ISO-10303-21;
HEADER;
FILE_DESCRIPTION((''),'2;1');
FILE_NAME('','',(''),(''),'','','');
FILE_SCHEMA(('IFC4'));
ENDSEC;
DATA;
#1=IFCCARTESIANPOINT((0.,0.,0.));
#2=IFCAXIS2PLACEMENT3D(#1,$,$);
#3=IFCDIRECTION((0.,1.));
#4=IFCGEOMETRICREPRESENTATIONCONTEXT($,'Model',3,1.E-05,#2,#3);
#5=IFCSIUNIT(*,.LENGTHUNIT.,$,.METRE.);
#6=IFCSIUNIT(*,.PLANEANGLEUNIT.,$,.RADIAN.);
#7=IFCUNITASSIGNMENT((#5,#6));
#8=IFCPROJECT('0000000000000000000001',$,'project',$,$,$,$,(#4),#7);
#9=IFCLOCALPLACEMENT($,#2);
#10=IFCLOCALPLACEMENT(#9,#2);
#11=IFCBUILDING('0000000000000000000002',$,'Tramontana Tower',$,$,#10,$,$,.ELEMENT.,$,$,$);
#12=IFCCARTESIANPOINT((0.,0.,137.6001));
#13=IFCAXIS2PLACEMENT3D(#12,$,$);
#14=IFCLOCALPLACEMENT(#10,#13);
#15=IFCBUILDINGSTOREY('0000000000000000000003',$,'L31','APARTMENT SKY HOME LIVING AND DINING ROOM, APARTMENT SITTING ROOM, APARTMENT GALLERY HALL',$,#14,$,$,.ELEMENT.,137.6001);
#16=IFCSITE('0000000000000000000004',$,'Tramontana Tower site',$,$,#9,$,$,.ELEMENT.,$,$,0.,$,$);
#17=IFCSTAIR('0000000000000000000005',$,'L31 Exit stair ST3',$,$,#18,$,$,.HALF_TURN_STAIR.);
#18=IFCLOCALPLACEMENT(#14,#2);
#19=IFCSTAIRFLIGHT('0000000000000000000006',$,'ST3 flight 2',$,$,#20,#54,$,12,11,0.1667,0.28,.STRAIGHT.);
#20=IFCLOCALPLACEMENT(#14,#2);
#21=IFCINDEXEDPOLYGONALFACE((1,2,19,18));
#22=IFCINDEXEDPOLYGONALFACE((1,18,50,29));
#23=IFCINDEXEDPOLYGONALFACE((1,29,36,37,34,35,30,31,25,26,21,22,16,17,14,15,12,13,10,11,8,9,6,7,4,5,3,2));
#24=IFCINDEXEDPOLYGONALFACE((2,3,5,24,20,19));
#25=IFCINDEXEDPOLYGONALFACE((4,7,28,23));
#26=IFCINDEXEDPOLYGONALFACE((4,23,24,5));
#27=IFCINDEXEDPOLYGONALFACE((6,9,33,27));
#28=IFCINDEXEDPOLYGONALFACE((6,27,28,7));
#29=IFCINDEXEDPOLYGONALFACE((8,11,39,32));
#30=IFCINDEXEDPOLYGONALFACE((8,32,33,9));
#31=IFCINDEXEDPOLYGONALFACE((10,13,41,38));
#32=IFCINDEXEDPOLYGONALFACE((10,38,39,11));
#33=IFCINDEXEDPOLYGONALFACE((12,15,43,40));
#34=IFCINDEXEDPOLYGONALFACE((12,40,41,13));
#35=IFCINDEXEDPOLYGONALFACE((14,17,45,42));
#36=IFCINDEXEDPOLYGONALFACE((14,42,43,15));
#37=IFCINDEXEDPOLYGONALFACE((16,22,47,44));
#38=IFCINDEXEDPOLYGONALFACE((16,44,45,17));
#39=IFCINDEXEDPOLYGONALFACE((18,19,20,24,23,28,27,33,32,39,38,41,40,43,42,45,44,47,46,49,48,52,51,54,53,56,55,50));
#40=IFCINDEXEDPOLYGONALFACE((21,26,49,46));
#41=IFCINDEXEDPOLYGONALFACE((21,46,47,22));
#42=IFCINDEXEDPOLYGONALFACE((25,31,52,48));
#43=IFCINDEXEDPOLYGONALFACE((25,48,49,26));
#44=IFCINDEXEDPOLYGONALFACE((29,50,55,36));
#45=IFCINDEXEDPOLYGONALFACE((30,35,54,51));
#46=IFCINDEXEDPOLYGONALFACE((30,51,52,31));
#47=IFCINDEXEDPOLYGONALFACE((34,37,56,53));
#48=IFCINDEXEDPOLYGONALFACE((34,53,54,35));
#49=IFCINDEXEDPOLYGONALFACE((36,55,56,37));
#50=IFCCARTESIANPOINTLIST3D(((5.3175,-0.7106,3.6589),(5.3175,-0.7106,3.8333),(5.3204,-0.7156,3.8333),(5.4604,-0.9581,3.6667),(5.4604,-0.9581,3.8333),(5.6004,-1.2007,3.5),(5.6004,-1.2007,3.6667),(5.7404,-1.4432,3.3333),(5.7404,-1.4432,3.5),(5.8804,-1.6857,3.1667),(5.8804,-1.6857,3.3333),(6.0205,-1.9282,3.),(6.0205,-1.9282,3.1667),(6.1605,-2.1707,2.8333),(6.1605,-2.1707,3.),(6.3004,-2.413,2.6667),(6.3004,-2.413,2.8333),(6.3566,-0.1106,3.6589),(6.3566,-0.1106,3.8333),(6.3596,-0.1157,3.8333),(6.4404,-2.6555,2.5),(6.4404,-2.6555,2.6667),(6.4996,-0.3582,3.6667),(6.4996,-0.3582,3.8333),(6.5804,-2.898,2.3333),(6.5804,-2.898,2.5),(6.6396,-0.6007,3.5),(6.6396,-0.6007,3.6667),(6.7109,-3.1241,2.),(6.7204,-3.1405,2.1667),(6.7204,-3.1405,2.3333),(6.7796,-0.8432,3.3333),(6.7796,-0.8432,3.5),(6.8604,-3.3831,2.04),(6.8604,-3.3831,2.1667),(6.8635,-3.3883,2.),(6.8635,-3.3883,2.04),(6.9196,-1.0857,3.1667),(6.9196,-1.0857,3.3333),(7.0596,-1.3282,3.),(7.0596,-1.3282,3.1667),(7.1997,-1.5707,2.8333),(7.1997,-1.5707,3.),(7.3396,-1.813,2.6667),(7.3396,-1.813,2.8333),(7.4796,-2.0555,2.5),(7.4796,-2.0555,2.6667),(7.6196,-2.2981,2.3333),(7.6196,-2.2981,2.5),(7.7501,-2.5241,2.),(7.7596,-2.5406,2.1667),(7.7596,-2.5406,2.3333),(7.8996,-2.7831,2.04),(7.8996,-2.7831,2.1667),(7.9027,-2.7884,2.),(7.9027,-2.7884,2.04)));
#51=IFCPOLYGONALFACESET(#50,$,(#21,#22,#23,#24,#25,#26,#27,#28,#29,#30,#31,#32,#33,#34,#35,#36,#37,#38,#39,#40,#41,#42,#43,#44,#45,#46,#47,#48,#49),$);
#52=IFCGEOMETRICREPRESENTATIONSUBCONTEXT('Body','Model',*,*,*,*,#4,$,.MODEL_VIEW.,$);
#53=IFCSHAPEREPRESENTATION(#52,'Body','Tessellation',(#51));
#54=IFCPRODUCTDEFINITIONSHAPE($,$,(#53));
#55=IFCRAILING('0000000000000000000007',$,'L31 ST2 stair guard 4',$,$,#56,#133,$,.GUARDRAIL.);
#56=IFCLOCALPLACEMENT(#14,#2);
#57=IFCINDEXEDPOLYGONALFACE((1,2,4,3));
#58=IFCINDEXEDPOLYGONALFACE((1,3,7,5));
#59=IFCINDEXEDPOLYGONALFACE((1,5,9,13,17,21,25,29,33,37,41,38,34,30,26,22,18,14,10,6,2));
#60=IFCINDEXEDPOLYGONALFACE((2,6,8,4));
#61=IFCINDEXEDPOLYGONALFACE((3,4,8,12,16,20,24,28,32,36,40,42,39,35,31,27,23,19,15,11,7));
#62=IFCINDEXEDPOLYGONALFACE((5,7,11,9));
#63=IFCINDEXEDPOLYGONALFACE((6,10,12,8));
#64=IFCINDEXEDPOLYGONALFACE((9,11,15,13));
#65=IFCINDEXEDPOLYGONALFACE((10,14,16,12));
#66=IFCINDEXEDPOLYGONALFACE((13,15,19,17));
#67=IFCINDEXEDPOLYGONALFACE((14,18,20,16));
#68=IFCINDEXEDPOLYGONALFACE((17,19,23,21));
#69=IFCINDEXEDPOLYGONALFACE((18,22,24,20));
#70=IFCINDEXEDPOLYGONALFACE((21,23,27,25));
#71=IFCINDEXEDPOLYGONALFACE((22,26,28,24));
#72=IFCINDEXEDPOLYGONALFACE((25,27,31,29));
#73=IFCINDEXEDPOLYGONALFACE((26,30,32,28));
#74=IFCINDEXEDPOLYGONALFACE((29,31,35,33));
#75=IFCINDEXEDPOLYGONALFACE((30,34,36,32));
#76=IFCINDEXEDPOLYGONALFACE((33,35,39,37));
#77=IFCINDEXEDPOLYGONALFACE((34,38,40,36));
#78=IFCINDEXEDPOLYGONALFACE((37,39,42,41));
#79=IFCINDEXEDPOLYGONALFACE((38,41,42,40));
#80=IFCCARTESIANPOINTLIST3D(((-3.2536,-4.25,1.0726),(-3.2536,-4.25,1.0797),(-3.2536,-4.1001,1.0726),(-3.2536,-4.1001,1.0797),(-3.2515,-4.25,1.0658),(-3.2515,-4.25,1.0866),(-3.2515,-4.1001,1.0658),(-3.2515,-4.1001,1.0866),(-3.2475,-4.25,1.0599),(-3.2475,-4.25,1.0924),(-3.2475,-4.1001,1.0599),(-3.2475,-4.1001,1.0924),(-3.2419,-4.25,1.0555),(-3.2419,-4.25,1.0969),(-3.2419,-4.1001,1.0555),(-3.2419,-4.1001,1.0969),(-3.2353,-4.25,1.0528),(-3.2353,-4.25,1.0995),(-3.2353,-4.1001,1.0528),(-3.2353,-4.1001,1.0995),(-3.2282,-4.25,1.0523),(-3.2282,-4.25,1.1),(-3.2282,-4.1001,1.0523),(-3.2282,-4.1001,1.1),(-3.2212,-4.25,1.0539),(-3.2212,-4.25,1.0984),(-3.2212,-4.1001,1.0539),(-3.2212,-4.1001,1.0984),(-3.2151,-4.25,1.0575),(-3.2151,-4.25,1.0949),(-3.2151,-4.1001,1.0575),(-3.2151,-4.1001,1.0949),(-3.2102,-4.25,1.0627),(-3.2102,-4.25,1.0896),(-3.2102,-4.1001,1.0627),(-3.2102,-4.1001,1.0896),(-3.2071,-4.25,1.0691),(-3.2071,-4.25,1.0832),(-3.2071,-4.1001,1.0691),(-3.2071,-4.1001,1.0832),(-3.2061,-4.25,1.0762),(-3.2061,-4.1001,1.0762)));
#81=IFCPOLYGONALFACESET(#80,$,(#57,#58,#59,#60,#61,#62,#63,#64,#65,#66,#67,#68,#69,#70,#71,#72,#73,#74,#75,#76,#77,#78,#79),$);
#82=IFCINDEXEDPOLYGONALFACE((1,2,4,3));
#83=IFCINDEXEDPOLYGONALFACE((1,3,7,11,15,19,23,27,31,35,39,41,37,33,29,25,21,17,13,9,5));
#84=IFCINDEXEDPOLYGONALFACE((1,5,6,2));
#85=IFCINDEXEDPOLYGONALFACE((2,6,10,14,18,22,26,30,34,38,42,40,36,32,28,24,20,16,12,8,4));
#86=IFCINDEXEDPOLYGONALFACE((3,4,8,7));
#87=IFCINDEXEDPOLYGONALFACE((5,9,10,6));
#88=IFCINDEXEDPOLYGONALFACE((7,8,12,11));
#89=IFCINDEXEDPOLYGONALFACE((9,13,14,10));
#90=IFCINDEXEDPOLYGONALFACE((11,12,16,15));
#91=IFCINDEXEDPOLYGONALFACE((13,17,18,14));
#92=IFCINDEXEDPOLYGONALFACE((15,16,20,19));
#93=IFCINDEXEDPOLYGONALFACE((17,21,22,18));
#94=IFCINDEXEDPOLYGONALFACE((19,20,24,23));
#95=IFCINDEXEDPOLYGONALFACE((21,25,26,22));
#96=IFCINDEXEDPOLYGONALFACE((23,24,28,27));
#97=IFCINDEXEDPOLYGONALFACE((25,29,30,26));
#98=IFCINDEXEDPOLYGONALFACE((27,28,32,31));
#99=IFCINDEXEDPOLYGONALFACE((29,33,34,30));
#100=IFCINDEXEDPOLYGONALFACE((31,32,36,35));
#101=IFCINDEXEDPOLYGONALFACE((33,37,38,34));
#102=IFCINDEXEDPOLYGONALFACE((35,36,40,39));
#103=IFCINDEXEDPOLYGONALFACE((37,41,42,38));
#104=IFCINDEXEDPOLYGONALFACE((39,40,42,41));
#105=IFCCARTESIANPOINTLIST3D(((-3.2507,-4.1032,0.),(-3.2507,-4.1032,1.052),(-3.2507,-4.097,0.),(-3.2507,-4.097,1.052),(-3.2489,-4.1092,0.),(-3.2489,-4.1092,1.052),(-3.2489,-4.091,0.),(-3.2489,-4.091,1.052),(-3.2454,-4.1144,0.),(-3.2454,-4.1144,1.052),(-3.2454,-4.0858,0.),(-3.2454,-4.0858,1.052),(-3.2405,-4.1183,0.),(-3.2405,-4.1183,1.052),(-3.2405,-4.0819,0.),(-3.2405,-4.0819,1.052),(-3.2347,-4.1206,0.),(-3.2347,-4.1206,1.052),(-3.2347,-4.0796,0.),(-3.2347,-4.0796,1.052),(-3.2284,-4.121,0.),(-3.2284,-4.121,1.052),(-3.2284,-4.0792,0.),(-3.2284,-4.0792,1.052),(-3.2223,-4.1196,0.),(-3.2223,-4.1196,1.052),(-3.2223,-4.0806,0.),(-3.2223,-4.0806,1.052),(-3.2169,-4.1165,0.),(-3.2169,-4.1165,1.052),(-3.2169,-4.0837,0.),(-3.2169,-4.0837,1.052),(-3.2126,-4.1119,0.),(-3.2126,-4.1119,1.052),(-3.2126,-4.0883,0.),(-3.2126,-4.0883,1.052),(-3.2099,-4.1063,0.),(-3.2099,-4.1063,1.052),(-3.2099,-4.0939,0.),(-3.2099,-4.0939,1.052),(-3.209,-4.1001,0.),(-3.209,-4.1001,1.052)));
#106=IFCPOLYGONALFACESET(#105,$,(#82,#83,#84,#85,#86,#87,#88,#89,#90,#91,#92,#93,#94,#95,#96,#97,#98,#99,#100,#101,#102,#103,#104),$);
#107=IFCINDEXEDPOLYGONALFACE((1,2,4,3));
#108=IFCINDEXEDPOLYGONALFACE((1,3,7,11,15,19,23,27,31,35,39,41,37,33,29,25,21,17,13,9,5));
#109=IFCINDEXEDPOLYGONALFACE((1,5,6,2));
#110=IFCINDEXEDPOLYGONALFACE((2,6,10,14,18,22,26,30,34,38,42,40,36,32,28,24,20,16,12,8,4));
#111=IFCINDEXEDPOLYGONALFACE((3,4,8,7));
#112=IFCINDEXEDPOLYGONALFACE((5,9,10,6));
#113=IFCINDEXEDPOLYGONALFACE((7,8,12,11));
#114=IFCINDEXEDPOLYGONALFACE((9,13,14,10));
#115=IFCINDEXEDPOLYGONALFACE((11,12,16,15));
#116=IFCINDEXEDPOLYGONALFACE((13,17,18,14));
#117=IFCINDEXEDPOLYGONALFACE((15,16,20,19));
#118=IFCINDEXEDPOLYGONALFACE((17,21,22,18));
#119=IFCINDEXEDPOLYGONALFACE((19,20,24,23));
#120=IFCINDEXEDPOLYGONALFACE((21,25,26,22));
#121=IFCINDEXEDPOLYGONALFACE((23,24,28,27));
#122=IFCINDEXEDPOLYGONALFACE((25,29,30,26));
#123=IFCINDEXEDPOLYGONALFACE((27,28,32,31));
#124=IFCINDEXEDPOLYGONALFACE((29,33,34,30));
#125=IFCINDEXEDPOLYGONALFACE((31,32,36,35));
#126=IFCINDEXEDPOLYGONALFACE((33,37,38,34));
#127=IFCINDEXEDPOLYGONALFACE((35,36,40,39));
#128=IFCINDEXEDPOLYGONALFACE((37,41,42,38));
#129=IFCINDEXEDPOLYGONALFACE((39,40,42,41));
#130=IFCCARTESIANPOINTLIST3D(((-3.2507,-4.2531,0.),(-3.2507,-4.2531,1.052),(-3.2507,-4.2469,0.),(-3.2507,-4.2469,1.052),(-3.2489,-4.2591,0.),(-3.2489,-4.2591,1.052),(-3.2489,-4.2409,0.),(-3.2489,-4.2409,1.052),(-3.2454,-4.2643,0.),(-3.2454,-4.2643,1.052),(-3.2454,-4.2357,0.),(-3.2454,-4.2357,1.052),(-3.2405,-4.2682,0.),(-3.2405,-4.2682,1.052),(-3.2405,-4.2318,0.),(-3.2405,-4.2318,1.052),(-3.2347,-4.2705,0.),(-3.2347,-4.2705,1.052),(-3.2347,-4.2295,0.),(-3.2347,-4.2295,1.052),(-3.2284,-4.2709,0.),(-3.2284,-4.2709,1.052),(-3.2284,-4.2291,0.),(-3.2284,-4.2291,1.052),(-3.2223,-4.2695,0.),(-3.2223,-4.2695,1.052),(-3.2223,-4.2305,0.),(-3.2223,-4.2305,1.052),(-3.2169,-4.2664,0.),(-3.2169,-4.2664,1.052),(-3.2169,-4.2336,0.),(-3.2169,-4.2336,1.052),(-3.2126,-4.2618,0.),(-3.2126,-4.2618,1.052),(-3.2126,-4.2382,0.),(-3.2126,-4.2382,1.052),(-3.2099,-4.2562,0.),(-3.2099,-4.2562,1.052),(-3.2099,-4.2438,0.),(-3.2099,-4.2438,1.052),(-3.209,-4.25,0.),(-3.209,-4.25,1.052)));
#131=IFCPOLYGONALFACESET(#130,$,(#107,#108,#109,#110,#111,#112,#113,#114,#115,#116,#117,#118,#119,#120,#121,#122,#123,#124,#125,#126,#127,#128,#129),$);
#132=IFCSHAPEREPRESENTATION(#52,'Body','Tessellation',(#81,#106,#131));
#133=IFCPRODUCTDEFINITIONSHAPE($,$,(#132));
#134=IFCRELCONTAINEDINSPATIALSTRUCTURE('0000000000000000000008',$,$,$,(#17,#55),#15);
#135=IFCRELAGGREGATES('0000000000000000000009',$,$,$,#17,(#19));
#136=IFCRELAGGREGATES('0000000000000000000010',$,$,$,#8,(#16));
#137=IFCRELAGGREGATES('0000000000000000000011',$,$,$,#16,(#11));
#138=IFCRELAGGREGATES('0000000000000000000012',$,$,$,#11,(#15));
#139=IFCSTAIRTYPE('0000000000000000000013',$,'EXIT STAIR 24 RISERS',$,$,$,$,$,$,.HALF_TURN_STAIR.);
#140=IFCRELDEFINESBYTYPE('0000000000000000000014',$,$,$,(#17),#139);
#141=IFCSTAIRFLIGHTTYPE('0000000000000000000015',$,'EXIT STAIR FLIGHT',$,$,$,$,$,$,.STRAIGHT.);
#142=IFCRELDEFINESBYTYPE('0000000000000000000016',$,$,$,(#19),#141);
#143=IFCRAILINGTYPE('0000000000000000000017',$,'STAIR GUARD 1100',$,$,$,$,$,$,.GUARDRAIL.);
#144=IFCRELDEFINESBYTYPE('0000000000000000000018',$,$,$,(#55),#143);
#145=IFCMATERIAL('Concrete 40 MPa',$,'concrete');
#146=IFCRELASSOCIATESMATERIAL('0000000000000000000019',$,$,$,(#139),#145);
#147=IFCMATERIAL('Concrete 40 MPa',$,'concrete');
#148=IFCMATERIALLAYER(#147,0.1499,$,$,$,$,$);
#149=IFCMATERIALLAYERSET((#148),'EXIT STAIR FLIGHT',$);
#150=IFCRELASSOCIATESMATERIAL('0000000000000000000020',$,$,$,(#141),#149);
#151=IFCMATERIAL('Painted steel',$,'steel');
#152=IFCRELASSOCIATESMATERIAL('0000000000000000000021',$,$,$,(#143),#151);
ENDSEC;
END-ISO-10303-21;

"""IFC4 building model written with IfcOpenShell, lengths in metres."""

from ifc_helpers import new_model, si_unit, direction, frame, origin, origin_2d, place, context, subcontext, project, spatial, polyline, circle, outline, extrude, material, layer, layer_set, type_object, element, aggregate, save


model = new_model("IFC4")

# Units and contexts
model_context = context("Model", 3, precision=1e-05, world=origin(), true_north=direction((0.0, 1.0)))
body_context = subcontext(model_context, "Body", "Model", "MODEL_VIEW")
ifc_project = project(units=[si_unit("LENGTHUNIT", "METRE"), si_unit("PLANEANGLEUNIT", "RADIAN")], contexts=[model_context])

# Site, building, storey
site_placement = place(None, origin())
site = spatial("IfcSite", under=ifc_project, at=site_placement, Name="Tramontana Tower site", CompositionType="ELEMENT", RefElevation=0.0)
building_placement = place(site_placement, origin())
building = spatial("IfcBuilding", under=site, at=building_placement, Name="Tramontana Tower", CompositionType="ELEMENT")
storey_placement = place(building_placement, frame((0.0, 0.0, 137.6001)))
storey = spatial("IfcBuildingStorey", under=building, at=storey_placement, Name="L31", Description="APARTMENT SKY HOME LIVING AND DINING ROOM, APARTMENT SITTING ROOM, APARTMENT GALLERY HALL", CompositionType="ELEMENT", Elevation=137.6001)

# Stair, stair flight
ifc_material_1 = material(Name="Concrete 40 MPa", Category="concrete")
stair_type = type_object("IfcStairType", Name="EXIT STAIR 24 RISERS", PredefinedType="HALF_TURN_STAIR", material=ifc_material_1)
stair_placement = place(storey_placement, origin())
stair = element("IfcStair", 1, at=stair_placement, inside=storey, type_object=stair_type, Name="L31 Exit stair ST3", PredefinedType="HALF_TURN_STAIR")
ifc_material_2 = material(Name="Concrete 40 MPa", Category="concrete")
ifc_layer_1 = layer(ifc_material_2, 0.1499)
ifc_layer_set_1 = layer_set([ifc_layer_1], Name="EXIT STAIR FLIGHT")
stair_flight_type = type_object("IfcStairFlightType", Name="EXIT STAIR FLIGHT", PredefinedType="STRAIGHT", material=ifc_layer_set_1)
stair_flight_1_placement = place(storey_placement, frame((7.3801, -3.083, 2.0), z_axis=(0.0, 0.0, 1.0), x_axis=(-0.5, 0.866025, 0.0)))
stair_flight_1 = element("IfcStairFlight", 2, at=stair_flight_1_placement, type_object=stair_flight_type, Name="ST3 flight 2", NumberOfRisers=12, NumberOfTreads=11, PredefinedType="STRAIGHT", RiserHeight=0.1667, TreadLength=0.28, context=body_context, shape_type="SweptSolid", body=[
    extrude(outline(polyline([(-0.0061, 0.0), (-0.0061, 0.04), (0.0, 0.04), (0.0, 0.1667), (0.28, 0.1667), (0.28, 0.3333), (0.5601, 0.3333), (0.5601, 0.5), (0.8401, 0.5), (0.8401, 0.6667), (1.1201, 0.6667), (1.1201, 0.8333), (1.3999, 0.8333), (1.3999, 1.0), (1.6799, 1.0), (1.6799, 1.1667), (1.96, 1.1667), (1.96, 1.3333), (2.24, 1.3333), (2.24, 1.5), (2.52, 1.5), (2.52, 1.6667), (2.8, 1.6667), (2.8, 1.8333), (3.0801, 1.8333), (3.0859, 1.8333), (3.0859, 1.6589), (0.2991, 0.0), (-0.0061, 0.0)])), frame((0.0, 0.6001, 0.0), z_axis=(0.0, -1.0, 0.0), x_axis=(1.0, 0.0, 0.0)), (0.0, 0.0, 1.0), 1.2),
])
aggregate(stair, [stair_flight_1])

# Railing
ifc_material_3 = material(Name="Painted steel", Category="steel")
railing_type_1 = type_object("IfcRailingType", Name="STAIR GUARD 1100", PredefinedType="GUARDRAIL", material=ifc_material_3)
railing_1_placement = place(storey_placement, frame((-3.23, -4.1001, 0.0)))
element("IfcRailing", 3, at=railing_1_placement, inside=storey, type_object=railing_type_1, Name="L31 ST2 stair guard 4", PredefinedType="GUARDRAIL", context=body_context, shape_type="SweptSolid", body=[
    extrude(circle(Radius=0.0239, at=origin_2d()), frame((0.0, 0.0, 1.0762), z_axis=(0.0, -1.0, 0.0), x_axis=(1.0, 0.0, 0.0)), (0.0, 0.0, 1.0), 0.1499),
    extrude(circle(Radius=0.021, at=origin_2d()), origin(), (0.0, 0.0, 1.0), 1.052),
    extrude(circle(Radius=0.021, at=origin_2d()), frame((0.0, -0.1499, 0.0)), (0.0, 0.0, 1.0), 1.052),
])

save(model, "model.ifc")
